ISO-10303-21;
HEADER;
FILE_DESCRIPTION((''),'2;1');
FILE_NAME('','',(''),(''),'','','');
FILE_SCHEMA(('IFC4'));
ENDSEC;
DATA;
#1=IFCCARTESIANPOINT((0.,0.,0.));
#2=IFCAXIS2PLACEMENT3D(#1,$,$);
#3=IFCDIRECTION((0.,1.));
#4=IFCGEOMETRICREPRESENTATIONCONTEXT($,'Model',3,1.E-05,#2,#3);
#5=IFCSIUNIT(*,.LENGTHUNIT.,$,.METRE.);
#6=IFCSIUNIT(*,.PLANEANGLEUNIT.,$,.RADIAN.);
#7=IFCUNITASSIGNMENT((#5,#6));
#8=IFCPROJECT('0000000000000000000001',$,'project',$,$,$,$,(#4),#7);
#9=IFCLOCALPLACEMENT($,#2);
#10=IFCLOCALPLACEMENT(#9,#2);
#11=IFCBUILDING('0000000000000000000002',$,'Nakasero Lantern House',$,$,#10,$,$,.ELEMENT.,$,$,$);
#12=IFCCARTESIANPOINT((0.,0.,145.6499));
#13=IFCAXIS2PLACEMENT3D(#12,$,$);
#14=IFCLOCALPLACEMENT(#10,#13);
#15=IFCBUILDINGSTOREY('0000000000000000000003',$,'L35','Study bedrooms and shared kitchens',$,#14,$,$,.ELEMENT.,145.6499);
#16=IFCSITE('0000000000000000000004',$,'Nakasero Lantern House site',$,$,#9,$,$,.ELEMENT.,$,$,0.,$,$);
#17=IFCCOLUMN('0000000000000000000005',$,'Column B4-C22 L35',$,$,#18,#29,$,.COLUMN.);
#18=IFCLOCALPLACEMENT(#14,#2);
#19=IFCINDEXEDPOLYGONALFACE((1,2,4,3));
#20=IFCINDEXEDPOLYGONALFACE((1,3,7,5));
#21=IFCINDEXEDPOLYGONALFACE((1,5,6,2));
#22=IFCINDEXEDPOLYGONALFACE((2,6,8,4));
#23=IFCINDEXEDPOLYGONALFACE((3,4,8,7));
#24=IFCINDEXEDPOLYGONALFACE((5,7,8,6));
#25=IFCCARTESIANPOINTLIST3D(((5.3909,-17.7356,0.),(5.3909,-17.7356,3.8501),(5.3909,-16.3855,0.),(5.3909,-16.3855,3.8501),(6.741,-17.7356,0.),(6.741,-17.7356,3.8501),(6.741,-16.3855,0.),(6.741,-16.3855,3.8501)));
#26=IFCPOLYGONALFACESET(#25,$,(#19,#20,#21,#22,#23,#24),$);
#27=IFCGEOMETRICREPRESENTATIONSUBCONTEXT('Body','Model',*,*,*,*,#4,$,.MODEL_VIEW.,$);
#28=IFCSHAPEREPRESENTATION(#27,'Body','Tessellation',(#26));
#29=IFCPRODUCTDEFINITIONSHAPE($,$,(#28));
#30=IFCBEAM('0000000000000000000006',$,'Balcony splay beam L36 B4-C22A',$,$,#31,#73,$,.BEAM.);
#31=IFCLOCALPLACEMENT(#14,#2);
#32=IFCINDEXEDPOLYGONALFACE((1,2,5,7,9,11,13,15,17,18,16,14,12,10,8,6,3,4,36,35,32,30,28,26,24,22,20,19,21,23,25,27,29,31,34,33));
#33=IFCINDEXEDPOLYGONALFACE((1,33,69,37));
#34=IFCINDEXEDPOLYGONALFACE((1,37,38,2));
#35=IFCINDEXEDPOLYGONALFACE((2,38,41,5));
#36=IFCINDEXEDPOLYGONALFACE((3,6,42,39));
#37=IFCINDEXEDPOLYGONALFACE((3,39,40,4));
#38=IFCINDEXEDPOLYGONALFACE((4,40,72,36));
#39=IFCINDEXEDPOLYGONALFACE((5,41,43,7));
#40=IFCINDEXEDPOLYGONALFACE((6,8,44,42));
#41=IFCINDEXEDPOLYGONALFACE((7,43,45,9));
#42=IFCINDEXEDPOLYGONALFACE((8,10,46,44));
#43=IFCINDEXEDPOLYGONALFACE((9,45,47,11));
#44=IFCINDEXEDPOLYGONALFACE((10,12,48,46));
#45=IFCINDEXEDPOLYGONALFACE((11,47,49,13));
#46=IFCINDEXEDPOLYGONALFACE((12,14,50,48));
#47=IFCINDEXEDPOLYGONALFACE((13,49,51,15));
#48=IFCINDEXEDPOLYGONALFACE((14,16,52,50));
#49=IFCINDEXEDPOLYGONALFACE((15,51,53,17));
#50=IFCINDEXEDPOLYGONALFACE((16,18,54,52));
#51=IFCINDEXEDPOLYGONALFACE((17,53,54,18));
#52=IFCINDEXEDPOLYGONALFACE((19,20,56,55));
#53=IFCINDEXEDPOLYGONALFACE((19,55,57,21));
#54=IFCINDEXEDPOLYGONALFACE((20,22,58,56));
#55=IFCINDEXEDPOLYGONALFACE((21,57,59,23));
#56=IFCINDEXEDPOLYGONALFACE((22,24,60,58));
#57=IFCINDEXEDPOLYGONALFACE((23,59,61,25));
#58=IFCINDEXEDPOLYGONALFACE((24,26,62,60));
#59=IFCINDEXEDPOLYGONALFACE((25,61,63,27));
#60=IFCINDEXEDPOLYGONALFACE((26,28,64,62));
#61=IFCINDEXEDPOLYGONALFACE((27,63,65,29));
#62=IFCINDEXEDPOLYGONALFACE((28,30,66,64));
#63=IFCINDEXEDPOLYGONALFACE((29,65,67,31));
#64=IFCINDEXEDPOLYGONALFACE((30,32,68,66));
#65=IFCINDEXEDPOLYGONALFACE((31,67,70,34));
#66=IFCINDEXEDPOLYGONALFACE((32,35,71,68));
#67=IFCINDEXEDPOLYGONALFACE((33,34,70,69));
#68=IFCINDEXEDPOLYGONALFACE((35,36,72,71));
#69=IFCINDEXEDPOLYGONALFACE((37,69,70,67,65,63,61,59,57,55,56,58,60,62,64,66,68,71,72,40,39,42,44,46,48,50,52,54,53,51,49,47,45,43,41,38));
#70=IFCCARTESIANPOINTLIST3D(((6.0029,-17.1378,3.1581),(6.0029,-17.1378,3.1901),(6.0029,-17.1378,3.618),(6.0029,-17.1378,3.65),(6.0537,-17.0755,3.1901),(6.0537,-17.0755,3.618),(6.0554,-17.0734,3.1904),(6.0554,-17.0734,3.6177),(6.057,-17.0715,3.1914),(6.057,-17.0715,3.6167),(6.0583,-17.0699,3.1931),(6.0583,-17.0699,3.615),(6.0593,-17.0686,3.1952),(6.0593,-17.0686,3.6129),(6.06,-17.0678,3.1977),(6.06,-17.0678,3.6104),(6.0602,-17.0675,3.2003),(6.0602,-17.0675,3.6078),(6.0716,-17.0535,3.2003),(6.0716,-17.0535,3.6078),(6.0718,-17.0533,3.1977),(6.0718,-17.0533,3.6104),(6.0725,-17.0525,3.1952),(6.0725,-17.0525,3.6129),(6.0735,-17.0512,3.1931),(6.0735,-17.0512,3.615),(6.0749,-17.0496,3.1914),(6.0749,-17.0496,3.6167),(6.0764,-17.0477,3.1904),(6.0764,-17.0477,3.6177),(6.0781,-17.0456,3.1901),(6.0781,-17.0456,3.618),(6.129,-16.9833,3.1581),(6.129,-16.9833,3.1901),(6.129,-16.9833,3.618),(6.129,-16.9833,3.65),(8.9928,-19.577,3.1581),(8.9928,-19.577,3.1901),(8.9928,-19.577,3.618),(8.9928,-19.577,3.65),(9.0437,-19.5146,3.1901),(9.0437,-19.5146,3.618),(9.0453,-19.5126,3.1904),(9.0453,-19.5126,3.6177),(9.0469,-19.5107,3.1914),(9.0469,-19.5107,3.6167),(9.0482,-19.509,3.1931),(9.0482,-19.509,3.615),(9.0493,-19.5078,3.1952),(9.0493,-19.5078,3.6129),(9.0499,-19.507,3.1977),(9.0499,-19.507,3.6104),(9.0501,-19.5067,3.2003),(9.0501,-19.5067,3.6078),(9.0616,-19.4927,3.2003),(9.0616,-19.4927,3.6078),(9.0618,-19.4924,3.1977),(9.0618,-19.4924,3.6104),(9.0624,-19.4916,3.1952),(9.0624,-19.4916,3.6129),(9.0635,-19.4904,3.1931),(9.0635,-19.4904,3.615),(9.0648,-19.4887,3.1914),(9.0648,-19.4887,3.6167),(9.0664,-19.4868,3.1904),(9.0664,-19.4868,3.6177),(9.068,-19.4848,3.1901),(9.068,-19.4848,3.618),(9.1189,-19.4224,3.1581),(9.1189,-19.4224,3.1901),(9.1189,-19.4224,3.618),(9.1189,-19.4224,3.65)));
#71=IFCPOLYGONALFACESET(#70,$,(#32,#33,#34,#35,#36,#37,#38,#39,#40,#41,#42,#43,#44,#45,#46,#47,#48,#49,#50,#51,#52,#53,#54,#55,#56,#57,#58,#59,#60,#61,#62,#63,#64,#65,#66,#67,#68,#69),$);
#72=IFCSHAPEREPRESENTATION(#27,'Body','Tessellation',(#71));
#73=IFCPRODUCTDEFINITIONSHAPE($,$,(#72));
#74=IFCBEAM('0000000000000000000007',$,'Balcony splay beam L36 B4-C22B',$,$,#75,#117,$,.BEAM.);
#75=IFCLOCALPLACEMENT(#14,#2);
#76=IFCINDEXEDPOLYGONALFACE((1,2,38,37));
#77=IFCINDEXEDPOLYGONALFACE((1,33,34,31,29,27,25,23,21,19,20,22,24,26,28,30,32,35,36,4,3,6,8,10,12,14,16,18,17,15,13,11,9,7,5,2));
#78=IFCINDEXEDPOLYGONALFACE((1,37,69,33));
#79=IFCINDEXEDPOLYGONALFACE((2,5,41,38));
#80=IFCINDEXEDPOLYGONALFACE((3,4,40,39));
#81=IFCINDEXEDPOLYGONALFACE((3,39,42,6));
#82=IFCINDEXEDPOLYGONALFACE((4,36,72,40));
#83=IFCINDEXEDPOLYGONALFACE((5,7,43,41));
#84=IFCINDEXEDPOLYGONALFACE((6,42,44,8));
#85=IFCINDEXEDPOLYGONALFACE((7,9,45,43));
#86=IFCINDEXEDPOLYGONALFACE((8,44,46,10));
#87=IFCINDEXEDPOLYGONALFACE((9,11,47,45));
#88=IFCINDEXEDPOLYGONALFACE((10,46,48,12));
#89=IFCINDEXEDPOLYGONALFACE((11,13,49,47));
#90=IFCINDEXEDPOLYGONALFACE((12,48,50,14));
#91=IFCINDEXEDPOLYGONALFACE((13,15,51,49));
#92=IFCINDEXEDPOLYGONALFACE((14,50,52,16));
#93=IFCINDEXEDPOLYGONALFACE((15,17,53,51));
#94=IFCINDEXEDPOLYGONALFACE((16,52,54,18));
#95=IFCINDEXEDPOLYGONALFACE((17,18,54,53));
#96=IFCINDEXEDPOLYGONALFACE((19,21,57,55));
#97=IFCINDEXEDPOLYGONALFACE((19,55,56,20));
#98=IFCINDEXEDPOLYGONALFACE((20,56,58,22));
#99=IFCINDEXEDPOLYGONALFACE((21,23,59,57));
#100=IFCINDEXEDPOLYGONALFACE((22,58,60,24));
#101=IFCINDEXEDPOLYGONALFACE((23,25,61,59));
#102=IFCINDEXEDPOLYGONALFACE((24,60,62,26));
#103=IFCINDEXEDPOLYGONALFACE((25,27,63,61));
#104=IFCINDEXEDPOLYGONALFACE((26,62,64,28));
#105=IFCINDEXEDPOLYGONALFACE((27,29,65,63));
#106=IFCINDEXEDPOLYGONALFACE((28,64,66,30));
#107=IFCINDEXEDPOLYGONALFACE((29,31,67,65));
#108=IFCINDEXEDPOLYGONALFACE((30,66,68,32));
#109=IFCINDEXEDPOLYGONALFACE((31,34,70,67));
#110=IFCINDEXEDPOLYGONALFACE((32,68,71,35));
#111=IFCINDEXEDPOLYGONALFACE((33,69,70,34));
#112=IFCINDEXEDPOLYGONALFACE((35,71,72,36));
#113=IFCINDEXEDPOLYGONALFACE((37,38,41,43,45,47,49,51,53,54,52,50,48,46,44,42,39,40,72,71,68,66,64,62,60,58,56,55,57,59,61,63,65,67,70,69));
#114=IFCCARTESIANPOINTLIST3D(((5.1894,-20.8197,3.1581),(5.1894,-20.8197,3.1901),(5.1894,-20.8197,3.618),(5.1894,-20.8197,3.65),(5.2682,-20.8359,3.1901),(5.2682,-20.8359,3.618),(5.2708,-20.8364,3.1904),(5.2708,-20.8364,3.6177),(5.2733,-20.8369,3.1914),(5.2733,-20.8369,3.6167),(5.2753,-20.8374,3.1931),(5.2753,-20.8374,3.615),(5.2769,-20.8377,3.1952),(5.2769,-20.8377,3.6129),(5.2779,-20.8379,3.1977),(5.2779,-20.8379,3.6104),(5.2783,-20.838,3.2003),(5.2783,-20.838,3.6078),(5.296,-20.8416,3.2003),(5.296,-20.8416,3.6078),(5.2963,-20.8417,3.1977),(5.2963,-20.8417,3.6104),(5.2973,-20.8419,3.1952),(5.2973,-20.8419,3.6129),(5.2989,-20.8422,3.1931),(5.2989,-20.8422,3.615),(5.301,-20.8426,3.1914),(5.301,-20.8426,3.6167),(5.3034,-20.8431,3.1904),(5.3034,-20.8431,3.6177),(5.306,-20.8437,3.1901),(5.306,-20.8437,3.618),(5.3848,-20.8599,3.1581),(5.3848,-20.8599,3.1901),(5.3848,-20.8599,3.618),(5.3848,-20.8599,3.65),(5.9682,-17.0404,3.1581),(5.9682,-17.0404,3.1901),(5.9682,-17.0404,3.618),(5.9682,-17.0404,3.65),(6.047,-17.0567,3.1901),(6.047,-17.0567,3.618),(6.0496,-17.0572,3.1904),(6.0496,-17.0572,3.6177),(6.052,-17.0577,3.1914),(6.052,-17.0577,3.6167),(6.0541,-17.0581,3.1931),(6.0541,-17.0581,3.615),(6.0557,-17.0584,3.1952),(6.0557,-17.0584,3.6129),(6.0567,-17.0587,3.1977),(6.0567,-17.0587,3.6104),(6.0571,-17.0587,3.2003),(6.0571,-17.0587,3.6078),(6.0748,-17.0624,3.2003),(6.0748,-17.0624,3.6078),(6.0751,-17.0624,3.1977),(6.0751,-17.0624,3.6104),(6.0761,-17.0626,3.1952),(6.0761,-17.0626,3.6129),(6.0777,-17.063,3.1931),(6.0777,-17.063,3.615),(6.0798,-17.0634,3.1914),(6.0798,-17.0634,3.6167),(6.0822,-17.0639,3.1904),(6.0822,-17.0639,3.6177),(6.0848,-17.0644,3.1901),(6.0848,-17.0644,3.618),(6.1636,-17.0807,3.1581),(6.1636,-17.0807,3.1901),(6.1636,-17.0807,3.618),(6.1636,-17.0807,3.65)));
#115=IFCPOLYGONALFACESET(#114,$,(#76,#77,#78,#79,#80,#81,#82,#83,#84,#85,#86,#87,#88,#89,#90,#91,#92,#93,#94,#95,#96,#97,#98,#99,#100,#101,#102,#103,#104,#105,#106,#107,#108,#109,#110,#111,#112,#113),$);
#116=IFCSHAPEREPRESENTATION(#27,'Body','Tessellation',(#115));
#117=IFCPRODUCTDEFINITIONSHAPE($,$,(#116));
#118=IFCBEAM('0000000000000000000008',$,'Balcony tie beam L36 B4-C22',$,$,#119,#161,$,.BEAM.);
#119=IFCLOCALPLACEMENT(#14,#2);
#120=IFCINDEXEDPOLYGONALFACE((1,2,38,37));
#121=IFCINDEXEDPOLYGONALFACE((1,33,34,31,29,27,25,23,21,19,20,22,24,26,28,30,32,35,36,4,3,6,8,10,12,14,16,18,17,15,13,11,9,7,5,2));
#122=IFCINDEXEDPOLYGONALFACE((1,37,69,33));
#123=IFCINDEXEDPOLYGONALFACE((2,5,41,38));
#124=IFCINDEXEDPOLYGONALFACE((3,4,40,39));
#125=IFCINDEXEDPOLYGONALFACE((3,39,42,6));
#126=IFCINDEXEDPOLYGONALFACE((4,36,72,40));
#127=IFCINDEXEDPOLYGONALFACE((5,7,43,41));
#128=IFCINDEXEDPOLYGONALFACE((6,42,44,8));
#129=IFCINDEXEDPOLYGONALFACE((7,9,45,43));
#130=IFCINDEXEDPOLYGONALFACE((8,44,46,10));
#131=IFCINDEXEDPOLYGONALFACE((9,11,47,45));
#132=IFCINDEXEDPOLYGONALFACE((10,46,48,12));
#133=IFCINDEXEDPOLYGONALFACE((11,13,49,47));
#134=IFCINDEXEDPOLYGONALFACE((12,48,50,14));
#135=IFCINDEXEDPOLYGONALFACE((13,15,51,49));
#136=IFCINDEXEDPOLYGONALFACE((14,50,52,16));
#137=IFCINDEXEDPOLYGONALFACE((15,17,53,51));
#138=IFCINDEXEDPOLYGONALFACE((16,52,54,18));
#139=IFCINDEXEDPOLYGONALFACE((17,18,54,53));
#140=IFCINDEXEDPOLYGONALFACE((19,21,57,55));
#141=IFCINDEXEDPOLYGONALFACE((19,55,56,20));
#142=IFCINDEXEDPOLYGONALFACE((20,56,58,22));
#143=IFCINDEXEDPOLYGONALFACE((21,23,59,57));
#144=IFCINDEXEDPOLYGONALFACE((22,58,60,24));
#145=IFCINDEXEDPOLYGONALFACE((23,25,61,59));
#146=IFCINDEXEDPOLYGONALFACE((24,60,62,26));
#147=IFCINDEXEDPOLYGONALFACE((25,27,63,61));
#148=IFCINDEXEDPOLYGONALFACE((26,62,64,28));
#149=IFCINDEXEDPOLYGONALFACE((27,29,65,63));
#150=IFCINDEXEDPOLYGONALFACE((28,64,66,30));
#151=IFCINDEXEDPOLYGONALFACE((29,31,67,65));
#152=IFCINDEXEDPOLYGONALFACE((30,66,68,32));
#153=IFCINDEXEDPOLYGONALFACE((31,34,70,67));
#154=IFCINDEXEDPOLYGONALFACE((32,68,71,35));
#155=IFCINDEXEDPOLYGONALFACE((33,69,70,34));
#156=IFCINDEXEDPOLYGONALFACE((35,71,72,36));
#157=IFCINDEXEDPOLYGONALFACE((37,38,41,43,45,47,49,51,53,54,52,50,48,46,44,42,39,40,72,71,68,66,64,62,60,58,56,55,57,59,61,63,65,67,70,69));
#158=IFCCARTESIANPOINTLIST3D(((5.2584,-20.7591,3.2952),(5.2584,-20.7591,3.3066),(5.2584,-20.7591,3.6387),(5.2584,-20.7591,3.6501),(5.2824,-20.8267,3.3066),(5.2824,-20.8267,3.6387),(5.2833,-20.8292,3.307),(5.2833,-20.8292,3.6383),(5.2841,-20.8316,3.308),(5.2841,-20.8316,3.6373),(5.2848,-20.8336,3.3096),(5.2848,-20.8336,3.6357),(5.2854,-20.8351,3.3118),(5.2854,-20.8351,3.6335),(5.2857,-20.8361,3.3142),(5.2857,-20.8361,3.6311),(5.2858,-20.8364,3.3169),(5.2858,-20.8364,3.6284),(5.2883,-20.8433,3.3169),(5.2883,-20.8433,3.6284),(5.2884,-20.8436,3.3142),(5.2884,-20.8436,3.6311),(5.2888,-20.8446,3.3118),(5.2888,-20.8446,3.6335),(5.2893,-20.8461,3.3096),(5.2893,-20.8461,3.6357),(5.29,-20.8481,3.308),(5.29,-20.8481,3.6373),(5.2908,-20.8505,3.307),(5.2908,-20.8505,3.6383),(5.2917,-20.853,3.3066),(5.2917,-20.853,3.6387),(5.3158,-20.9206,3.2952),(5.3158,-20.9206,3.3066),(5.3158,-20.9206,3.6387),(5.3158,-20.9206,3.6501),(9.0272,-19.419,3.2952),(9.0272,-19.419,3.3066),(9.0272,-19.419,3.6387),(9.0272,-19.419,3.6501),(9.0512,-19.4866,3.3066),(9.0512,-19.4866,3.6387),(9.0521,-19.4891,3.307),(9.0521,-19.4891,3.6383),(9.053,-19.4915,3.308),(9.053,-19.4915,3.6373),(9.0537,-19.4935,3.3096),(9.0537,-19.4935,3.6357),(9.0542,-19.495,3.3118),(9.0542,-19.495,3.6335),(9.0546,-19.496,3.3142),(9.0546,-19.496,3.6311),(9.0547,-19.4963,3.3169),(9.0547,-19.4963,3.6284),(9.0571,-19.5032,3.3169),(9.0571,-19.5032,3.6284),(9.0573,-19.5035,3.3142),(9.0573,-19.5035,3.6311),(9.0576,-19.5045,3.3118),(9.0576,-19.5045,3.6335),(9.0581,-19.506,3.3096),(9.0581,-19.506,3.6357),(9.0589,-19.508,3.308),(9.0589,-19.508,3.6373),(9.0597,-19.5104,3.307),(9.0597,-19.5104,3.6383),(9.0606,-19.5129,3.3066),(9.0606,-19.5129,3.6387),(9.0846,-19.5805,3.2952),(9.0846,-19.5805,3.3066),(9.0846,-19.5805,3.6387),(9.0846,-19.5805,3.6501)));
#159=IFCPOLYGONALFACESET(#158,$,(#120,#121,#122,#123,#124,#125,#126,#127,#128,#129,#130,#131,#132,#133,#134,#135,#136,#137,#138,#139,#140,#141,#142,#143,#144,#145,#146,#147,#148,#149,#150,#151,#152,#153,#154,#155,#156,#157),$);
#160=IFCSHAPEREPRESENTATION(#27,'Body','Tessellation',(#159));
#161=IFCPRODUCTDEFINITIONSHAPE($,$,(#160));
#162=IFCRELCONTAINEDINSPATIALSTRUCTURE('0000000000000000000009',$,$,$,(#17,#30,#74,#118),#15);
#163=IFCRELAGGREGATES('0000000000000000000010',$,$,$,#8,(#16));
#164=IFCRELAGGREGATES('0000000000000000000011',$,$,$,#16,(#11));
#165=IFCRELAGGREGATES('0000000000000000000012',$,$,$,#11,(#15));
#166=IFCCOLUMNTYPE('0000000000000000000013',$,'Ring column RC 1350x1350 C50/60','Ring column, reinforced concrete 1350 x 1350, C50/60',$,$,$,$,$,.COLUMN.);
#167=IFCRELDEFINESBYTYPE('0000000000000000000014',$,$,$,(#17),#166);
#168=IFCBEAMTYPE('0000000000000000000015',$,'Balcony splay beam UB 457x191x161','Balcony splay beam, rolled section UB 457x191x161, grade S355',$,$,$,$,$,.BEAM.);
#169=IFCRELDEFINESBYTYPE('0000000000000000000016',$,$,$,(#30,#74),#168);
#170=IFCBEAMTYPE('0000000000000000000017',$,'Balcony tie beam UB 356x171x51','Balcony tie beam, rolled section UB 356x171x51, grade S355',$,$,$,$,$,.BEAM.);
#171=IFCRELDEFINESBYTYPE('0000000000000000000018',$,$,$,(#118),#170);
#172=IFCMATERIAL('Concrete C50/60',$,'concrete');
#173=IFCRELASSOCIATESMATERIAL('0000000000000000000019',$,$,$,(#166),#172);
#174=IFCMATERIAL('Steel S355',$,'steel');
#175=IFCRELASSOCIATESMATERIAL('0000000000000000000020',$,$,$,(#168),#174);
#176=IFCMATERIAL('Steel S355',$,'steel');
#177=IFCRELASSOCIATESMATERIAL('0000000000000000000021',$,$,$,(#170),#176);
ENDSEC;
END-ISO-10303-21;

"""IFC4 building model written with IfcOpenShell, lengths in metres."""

from ifc_helpers import new_model, si_unit, direction, frame, origin, origin_2d, place, context, subcontext, project, spatial, rectangle, i_section, extrude, material, material_profile, profile_set, type_object, element, save


model = new_model("IFC4")

# Units and contexts
model_context = context("Model", 3, precision=1e-05, world=origin(), true_north=direction((0.0, 1.0)))
body_context = subcontext(model_context, "Body", "Model", "MODEL_VIEW")
ifc_project = project(units=[si_unit("LENGTHUNIT", "METRE"), si_unit("PLANEANGLEUNIT", "RADIAN")], contexts=[model_context])

# Site, building, storey
site_placement = place(None, origin())
site = spatial("IfcSite", under=ifc_project, at=site_placement, Name="Nakasero Lantern House site", CompositionType="ELEMENT", RefElevation=0.0)
building_placement = place(site_placement, origin())
building = spatial("IfcBuilding", under=site, at=building_placement, Name="Nakasero Lantern House", CompositionType="ELEMENT")
storey_placement = place(building_placement, frame((0.0, 0.0, 145.6499)))
storey = spatial("IfcBuildingStorey", under=building, at=storey_placement, Name="L35", Description="Study bedrooms and shared kitchens", CompositionType="ELEMENT", Elevation=145.6499)

# Column
ifc_material_1 = material(Name="Concrete C50/60", Category="concrete")
ifc_material_profile_1 = material_profile(ifc_material_1, rectangle(XDim=1.3501, YDim=1.3501, at=origin_2d()), Name="RC 1350x1350")
ifc_profile_set_1 = profile_set([ifc_material_profile_1], Name="Concrete C50/60")
column_type = type_object("IfcColumnType", Name="Ring column RC 1350x1350 C50/60", Description="Ring column, reinforced concrete 1350 x 1350, C50/60", PredefinedType="COLUMN", material=ifc_profile_set_1)
column_placement = place(storey_placement, frame((6.0659, -17.0605, 0.0), z_axis=(0.0, 0.0, 1.0), x_axis=(1.0, 0.0, 0.0)))
element("IfcColumn", 1, at=column_placement, inside=storey, type_object=column_type, Name="Column B4-C22 L35", PredefinedType="COLUMN", context=body_context, shape_type="SweptSolid", body=[
    extrude(rectangle(XDim=1.3501, YDim=1.3501, at=origin_2d()), origin(), (0.0, 0.0, 1.0), 3.8501),
])

# Beams
ifc_material_2 = material(Name="Steel S355", Category="steel")
ifc_material_profile_2 = material_profile(ifc_material_2, i_section(OverallWidth=0.1995, OverallDepth=0.4919, WebThickness=0.0181, FlangeThickness=0.032, FilletRadius=0.0103, at=origin_2d()), Name="UB 457x191x161")
ifc_profile_set_2 = profile_set([ifc_material_profile_2], Name="Steel S355")
beam_type_1 = type_object("IfcBeamType", Name="Balcony splay beam UB 457x191x161", Description="Balcony splay beam, rolled section UB 457x191x161, grade S355", PredefinedType="BEAM", material=ifc_profile_set_2)
for number, where, z_axis, x_axis, name in (
    (2, (6.0659, -17.0605, 3.4041), (0.774864, -0.632128, 0.0), (0.632128, 0.774864, 0.0), "Balcony splay beam L36 B4-C22A"),
    (3, (6.0659, -17.0605, 3.4041), (-0.201831, -0.97942, 0.0), (0.97942, -0.201831, 0.0), "Balcony splay beam L36 B4-C22B"),
):
    element("IfcBeam", number, at=place(storey_placement, frame(where, z_axis=z_axis, x_axis=x_axis)), inside=storey, type_object=beam_type_1, Name=name, PredefinedType="BEAM", context=body_context, shape_type="SweptSolid", body=[
        extrude(i_section(OverallWidth=0.1995, OverallDepth=0.4919, WebThickness=0.0181, FlangeThickness=0.032, FilletRadius=0.0103, at=origin_2d()), origin(), (0.0, 0.0, 1.0), 3.8586),
    ])
ifc_material_3 = material(Name="Steel S355", Category="steel")
ifc_material_profile_3 = material_profile(ifc_material_3, i_section(OverallWidth=0.1714, OverallDepth=0.355, WebThickness=0.0073, FlangeThickness=0.0115, FilletRadius=0.0103, at=origin_2d()), Name="UB 356x171x51")
ifc_profile_set_3 = profile_set([ifc_material_profile_3], Name="Steel S355")
beam_type_2 = type_object("IfcBeamType", Name="Balcony tie beam UB 356x171x51", Description="Balcony tie beam, rolled section UB 356x171x51, grade S355", PredefinedType="BEAM", material=ifc_profile_set_3)
beam_1_placement = place(storey_placement, frame((9.0559, -19.4998, 3.4727), z_axis=(-0.942209, -0.335025, 0.0), x_axis=(0.335025, -0.942209, 0.0)))
element("IfcBeam", 4, at=beam_1_placement, inside=storey, type_object=beam_type_2, Name="Balcony tie beam L36 B4-C22", PredefinedType="BEAM", context=body_context, shape_type="SweptSolid", body=[
    extrude(i_section(OverallWidth=0.1714, OverallDepth=0.355, WebThickness=0.0073, FlangeThickness=0.0115, FilletRadius=0.0103, at=origin_2d()), origin(), (0.0, 0.0, 1.0), 4.0),
])

save(model, "model.ifc")
